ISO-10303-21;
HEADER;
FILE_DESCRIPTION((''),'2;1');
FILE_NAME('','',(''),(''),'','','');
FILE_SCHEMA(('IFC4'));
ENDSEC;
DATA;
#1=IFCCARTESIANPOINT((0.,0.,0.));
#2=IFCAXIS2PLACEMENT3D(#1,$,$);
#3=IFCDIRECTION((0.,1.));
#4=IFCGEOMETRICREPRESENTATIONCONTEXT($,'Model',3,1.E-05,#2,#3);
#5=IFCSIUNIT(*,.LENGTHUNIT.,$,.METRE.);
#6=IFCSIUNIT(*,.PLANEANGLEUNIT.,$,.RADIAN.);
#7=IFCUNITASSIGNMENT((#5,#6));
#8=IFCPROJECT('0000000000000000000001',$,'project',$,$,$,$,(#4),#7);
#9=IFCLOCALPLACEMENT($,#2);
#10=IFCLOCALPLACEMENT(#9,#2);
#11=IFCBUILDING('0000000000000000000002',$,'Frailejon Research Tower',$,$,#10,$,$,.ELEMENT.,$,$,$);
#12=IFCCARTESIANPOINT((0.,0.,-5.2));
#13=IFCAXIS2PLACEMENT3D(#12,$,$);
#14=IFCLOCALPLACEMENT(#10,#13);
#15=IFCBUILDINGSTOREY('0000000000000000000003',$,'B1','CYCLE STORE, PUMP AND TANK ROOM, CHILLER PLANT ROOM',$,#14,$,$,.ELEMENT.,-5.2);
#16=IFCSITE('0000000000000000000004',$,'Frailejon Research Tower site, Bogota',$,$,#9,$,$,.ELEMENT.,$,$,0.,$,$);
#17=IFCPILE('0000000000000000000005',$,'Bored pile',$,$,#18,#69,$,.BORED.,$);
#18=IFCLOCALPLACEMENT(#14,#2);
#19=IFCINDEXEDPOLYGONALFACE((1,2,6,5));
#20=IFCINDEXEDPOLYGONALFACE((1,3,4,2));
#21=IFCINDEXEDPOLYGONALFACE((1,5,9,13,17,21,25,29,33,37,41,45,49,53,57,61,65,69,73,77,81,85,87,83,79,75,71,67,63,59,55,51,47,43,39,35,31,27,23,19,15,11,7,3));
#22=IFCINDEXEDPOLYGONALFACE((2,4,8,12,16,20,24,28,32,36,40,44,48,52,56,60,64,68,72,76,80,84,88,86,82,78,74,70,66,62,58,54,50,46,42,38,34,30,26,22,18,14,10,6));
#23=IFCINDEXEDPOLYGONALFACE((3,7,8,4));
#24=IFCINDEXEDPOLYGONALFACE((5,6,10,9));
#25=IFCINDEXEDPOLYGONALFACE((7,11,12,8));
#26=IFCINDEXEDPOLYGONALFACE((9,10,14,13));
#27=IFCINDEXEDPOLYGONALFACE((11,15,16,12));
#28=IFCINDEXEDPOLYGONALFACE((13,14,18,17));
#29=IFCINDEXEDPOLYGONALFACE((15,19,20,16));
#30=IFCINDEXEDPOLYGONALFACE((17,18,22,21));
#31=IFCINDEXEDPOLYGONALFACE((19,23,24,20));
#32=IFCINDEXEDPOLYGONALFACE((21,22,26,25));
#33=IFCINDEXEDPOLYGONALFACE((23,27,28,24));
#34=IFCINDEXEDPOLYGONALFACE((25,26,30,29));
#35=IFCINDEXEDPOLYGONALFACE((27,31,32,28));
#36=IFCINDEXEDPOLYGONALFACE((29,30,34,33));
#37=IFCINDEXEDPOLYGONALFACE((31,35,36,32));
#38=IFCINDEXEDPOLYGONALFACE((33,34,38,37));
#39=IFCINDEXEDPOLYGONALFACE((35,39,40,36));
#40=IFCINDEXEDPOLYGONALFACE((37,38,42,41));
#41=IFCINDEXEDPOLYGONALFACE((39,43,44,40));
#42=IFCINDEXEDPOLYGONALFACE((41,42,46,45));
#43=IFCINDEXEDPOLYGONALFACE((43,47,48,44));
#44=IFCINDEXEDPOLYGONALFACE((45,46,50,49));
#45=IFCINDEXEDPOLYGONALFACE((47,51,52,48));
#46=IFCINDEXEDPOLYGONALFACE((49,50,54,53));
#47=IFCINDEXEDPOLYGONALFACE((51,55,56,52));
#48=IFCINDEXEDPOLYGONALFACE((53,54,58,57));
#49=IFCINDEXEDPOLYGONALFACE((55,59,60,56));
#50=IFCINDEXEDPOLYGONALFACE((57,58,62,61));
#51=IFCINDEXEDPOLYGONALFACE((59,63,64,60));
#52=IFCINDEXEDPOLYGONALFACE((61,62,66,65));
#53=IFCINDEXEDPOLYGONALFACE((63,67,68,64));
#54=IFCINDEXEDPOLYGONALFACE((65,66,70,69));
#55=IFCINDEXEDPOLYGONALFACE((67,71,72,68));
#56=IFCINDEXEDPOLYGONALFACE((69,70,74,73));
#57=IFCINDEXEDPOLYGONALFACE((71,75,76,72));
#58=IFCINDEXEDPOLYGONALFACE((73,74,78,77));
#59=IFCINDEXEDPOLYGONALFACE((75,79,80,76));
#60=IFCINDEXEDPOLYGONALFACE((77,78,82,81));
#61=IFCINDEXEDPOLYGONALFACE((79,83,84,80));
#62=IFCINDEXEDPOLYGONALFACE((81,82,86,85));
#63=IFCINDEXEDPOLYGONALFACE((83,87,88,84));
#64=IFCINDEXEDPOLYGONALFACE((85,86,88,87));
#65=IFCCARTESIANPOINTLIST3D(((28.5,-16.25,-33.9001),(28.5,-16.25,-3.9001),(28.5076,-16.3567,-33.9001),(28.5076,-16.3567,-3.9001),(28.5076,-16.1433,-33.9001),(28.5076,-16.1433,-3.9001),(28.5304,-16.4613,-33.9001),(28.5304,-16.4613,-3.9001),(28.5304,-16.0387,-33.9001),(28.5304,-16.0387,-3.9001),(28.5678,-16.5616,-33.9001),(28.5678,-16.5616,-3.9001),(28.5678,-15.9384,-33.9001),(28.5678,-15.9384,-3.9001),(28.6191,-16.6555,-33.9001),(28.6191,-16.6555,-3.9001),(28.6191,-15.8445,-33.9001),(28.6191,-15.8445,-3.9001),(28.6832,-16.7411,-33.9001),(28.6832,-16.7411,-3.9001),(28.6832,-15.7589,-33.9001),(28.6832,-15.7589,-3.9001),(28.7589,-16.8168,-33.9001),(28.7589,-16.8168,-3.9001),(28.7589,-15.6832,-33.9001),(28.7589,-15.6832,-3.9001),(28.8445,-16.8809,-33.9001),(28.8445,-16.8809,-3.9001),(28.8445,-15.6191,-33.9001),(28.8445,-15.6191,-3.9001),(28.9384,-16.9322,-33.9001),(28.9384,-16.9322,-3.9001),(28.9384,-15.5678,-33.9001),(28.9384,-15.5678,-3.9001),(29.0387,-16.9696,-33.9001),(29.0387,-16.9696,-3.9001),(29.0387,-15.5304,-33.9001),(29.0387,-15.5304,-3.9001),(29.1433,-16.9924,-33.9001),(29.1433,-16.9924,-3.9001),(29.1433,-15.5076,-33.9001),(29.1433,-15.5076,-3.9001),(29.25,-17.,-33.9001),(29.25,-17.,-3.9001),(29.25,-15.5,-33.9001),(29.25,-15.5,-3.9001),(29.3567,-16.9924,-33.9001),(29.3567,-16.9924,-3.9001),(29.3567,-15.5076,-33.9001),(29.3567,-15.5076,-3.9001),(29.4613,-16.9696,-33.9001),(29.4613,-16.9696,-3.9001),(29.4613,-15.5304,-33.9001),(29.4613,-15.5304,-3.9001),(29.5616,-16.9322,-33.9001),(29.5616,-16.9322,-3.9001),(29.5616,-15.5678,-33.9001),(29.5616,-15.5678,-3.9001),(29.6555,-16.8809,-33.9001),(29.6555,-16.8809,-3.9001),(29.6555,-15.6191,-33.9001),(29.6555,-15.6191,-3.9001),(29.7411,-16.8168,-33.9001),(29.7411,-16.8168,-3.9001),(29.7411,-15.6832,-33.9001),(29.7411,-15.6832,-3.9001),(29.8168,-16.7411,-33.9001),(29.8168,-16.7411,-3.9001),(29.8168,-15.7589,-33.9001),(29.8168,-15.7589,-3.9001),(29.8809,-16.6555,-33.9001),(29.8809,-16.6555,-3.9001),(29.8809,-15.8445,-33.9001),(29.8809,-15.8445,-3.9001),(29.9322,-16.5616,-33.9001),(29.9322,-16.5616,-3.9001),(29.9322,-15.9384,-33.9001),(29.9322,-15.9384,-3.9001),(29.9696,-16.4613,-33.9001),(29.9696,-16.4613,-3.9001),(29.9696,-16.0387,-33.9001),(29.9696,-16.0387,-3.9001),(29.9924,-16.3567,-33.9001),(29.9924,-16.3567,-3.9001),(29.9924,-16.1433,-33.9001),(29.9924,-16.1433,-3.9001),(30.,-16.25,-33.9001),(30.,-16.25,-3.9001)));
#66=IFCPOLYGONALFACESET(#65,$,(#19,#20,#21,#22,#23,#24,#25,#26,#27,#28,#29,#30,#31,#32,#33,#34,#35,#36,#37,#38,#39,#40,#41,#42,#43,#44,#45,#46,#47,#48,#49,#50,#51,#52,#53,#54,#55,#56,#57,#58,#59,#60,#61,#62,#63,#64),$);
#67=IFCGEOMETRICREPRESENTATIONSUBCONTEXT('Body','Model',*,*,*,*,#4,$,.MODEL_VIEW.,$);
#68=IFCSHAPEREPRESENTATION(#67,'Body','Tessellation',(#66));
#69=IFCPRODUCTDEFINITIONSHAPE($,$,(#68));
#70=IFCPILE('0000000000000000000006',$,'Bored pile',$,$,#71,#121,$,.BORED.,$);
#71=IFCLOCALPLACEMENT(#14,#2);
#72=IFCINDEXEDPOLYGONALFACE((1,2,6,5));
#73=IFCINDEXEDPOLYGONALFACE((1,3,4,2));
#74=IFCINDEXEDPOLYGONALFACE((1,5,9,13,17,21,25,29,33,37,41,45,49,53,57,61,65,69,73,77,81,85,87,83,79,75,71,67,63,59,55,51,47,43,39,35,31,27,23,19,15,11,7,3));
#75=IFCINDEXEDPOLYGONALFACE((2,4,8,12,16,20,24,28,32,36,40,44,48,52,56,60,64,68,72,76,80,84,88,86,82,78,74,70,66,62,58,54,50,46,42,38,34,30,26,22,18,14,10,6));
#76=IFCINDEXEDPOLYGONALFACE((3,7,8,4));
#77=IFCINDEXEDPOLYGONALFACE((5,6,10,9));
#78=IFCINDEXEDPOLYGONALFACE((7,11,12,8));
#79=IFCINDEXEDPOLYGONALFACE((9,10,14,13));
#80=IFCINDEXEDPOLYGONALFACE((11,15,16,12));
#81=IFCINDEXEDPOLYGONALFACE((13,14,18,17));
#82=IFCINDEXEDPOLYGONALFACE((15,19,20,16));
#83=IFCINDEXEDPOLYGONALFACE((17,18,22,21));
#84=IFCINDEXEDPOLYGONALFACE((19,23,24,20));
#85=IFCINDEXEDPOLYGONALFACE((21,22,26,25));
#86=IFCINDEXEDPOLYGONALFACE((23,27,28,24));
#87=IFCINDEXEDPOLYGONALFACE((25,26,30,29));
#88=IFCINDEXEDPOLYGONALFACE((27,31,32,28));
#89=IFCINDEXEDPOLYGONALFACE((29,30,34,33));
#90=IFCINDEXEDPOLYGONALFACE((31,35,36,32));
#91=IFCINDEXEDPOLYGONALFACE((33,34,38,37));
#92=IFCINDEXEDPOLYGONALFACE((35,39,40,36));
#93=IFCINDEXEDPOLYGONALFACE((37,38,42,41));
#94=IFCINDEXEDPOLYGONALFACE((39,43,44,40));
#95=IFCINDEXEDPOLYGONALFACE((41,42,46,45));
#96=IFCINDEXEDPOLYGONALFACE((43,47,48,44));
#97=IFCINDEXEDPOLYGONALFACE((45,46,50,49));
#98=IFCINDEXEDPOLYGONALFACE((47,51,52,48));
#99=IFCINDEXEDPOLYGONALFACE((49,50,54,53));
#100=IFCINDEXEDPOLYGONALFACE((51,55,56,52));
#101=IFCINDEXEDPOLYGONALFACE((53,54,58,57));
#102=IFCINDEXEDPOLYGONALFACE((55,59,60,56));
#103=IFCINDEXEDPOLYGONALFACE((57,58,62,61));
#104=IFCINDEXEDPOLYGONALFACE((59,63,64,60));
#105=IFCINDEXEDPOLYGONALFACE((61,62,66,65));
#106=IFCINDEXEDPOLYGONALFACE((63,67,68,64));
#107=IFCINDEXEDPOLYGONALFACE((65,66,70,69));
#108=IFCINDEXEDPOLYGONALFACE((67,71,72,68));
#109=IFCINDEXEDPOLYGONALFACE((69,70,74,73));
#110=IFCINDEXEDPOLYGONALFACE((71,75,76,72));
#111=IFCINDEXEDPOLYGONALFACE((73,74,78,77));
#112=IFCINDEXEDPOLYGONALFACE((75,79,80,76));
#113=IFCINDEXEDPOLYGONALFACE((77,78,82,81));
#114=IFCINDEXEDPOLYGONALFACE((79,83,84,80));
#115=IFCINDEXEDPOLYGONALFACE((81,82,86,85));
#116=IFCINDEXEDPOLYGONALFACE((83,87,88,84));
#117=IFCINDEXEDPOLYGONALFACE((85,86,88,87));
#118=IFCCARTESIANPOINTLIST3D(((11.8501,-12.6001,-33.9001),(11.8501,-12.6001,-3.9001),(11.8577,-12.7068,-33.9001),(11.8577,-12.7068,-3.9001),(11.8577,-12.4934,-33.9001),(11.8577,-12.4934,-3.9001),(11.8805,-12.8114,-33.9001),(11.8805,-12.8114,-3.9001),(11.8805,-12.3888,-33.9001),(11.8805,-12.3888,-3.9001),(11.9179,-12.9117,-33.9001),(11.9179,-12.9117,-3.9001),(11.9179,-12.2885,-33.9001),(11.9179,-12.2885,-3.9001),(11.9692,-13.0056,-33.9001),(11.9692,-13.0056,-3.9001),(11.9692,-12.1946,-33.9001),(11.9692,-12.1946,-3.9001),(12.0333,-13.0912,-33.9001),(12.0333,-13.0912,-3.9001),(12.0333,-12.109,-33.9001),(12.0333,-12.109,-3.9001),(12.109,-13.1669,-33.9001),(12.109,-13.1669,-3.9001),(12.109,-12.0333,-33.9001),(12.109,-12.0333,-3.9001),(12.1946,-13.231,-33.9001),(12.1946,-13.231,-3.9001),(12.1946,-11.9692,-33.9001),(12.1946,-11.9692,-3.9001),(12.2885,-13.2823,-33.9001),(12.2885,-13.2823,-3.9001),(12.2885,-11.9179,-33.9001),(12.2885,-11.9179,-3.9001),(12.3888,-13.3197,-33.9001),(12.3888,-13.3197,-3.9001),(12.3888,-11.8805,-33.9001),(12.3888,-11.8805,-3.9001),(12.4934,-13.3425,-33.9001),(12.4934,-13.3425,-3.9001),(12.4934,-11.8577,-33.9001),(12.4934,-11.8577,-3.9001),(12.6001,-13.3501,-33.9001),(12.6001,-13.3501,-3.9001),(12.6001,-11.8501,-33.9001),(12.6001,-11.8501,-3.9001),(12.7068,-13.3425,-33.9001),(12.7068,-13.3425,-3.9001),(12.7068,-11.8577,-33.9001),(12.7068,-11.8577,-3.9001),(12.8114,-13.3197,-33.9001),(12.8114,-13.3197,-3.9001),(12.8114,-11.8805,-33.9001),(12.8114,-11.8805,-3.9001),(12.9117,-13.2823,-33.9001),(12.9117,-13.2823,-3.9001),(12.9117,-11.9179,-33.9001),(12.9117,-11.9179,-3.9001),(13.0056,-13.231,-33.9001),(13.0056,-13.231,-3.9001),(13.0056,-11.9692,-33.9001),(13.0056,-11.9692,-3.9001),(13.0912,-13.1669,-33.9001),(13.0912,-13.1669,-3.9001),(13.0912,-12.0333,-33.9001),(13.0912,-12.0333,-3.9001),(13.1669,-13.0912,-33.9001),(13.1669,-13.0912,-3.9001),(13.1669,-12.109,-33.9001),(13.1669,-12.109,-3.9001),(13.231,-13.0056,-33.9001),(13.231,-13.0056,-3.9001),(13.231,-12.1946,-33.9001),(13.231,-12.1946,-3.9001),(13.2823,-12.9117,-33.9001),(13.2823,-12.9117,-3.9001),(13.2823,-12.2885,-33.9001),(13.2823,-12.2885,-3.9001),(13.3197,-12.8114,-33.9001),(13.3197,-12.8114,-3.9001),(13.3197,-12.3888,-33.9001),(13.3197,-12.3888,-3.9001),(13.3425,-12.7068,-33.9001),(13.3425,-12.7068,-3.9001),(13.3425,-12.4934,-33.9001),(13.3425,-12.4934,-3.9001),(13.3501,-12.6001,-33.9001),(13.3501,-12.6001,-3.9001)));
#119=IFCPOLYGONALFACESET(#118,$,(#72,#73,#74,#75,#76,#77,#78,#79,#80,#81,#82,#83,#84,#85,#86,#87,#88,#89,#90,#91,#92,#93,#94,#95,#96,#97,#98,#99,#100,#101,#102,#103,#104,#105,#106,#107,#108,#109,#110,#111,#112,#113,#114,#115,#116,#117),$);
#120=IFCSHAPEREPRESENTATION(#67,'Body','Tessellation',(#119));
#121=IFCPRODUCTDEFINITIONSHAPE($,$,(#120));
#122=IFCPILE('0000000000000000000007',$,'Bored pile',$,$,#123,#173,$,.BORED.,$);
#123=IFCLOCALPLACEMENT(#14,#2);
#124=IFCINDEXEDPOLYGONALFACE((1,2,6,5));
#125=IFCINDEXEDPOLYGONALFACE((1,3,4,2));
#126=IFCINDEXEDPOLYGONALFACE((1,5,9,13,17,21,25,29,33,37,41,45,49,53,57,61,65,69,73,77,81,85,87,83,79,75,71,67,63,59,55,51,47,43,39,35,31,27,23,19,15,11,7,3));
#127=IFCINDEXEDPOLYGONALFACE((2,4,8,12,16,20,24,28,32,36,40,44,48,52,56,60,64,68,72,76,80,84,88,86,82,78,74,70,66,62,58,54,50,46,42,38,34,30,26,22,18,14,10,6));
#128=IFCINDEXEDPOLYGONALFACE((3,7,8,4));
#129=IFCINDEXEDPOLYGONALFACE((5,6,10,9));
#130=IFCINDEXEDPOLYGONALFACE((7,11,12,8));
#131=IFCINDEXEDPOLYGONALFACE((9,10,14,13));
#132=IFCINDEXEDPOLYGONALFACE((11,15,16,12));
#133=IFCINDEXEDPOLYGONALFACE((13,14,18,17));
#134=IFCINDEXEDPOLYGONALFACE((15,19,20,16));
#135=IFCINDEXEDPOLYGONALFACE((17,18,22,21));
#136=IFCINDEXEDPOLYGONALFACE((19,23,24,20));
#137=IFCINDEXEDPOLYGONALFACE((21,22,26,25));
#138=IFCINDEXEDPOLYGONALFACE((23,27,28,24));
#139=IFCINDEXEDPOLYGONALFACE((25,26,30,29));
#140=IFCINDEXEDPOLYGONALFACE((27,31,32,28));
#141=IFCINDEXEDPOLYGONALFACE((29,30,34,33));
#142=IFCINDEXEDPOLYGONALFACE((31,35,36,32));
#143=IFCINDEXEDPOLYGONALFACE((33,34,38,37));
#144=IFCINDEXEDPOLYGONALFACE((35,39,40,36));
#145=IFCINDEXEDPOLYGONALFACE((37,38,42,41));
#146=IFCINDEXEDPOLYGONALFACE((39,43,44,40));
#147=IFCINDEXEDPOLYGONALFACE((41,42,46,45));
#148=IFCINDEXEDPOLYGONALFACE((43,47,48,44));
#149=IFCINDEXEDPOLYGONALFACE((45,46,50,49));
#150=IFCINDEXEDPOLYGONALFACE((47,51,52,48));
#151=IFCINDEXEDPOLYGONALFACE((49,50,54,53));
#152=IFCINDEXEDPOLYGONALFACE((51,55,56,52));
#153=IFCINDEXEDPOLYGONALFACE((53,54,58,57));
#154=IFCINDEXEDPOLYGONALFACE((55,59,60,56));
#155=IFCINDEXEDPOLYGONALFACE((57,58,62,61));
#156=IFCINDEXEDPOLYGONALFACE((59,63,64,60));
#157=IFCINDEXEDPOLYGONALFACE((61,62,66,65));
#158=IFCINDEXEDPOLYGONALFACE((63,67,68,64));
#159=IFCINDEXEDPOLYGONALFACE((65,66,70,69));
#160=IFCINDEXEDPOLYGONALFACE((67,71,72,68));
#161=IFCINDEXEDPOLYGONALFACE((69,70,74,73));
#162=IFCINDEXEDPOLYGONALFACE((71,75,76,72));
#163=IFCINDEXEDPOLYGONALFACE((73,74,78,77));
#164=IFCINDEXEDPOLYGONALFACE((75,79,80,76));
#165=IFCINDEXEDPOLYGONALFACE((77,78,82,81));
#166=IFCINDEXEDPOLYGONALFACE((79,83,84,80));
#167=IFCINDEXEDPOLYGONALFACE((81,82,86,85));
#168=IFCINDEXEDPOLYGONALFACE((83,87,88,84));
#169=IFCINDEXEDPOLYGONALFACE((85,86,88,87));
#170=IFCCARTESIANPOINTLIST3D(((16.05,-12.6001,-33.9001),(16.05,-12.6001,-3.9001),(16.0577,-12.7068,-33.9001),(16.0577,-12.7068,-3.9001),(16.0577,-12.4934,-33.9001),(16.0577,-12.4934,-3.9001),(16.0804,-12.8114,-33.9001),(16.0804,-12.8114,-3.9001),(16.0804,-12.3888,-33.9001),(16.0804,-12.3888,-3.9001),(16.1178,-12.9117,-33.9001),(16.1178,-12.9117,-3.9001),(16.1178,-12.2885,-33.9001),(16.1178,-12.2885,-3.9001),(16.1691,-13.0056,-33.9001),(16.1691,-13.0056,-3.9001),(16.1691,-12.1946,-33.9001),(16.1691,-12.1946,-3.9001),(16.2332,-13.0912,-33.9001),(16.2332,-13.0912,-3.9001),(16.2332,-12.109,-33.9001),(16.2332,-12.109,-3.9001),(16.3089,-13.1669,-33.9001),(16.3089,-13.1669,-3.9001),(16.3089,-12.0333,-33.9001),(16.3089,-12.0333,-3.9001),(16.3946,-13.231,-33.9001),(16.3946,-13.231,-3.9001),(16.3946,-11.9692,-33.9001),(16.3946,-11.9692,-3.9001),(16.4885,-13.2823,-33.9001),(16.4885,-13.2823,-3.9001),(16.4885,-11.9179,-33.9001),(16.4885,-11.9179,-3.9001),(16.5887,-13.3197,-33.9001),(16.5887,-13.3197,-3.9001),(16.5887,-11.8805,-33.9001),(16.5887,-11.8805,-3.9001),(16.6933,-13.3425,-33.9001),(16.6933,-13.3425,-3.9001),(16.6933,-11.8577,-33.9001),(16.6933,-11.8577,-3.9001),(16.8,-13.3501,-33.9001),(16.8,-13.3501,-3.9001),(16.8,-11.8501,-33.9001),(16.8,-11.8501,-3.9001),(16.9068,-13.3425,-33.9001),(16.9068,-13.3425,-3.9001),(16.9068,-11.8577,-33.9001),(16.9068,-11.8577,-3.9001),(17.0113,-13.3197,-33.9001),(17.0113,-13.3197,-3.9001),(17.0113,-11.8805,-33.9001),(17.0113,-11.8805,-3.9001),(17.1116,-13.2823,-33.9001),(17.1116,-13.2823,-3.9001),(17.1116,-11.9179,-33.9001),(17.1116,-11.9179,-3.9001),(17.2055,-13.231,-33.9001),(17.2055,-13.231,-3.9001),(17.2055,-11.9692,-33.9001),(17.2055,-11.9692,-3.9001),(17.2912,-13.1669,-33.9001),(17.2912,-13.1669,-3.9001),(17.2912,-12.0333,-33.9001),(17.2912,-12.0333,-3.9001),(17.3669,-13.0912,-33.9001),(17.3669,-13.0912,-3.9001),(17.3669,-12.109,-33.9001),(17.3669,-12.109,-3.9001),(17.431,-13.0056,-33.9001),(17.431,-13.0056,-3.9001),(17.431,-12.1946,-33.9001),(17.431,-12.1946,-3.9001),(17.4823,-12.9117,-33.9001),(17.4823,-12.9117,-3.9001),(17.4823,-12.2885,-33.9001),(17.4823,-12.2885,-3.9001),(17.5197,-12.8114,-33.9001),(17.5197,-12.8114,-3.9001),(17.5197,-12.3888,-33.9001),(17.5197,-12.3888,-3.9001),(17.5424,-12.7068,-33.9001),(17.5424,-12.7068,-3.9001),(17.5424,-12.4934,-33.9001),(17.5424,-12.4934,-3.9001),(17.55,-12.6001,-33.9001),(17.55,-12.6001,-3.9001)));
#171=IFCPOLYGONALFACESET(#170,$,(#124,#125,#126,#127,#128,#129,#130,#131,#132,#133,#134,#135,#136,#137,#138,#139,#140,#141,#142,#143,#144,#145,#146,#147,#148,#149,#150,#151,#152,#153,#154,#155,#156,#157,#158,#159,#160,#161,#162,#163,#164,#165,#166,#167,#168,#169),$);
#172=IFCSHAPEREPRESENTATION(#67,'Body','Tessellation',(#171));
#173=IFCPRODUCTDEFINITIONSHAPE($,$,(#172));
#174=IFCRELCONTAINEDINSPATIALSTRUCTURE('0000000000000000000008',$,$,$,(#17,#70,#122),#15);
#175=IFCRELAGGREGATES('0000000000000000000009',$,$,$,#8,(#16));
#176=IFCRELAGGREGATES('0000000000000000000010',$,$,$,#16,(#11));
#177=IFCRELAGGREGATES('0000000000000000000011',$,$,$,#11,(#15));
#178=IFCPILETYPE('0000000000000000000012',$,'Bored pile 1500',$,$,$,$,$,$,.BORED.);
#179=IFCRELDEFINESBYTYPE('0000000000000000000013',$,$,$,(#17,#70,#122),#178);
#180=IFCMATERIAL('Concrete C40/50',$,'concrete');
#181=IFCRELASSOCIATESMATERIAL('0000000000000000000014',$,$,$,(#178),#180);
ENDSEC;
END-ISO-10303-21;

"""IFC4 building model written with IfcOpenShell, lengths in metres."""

from ifc_helpers import new_model, si_unit, direction, frame, origin, origin_2d, place, context, subcontext, project, spatial, circle, extrude, material, material_profile, profile_set, type_object, element, save


model = new_model("IFC4")

# Units and contexts
model_context = context("Model", 3, precision=1e-05, world=origin(), true_north=direction((0.0, 1.0)))
body_context = subcontext(model_context, "Body", "Model", "MODEL_VIEW")
ifc_project = project(units=[si_unit("LENGTHUNIT", "METRE"), si_unit("PLANEANGLEUNIT", "RADIAN")], contexts=[model_context])

# Site, building, storey
site_placement = place(None, origin())
site = spatial("IfcSite", under=ifc_project, at=site_placement, Name="Frailejon Research Tower site, Bogota", CompositionType="ELEMENT", RefElevation=0.0)
building_placement = place(site_placement, origin())
building = spatial("IfcBuilding", under=site, at=building_placement, Name="Frailejon Research Tower", CompositionType="ELEMENT")
storey_placement = place(building_placement, frame((0.0, 0.0, -5.2)))
storey = spatial("IfcBuildingStorey", under=building, at=storey_placement, Name="B1", Description="CYCLE STORE, PUMP AND TANK ROOM, CHILLER PLANT ROOM", CompositionType="ELEMENT", Elevation=-5.2)

# Piles
ifc_material_1 = material(Name="Concrete C40/50", Category="concrete")
ifc_material_profile_1 = material_profile(ifc_material_1, circle(Radius=0.75, at=origin_2d()), Name="Bored pile 1500")
ifc_profile_set_1 = profile_set([ifc_material_profile_1], Name="Concrete C40/50")
pile_type = type_object("IfcPileType", Name="Bored pile 1500", PredefinedType="BORED", material=ifc_profile_set_1)
for number, where, z_axis, x_axis, name in (
    (1, (29.25, -16.25, -3.9001), (0.0, 0.0, -1.0), (1.0, 0.0, 0.0), "Bored pile"),
    (2, (12.6001, -12.6001, -3.9001), (0.0, 0.0, -1.0), (1.0, 0.0, 0.0), "Bored pile"),
    (3, (16.8, -12.6001, -3.9001), (0.0, 0.0, -1.0), (1.0, 0.0, 0.0), "Bored pile"),
):
    element("IfcPile", number, at=place(storey_placement, frame(where, z_axis=z_axis, x_axis=x_axis)), inside=storey, type_object=pile_type, Name=name, PredefinedType="BORED", context=body_context, shape_type="SweptSolid", body=[
        extrude(circle(Radius=0.75, at=origin_2d()), origin(), (0.0, 0.0, 1.0), 30.0),
    ])

save(model, "model.ifc")
